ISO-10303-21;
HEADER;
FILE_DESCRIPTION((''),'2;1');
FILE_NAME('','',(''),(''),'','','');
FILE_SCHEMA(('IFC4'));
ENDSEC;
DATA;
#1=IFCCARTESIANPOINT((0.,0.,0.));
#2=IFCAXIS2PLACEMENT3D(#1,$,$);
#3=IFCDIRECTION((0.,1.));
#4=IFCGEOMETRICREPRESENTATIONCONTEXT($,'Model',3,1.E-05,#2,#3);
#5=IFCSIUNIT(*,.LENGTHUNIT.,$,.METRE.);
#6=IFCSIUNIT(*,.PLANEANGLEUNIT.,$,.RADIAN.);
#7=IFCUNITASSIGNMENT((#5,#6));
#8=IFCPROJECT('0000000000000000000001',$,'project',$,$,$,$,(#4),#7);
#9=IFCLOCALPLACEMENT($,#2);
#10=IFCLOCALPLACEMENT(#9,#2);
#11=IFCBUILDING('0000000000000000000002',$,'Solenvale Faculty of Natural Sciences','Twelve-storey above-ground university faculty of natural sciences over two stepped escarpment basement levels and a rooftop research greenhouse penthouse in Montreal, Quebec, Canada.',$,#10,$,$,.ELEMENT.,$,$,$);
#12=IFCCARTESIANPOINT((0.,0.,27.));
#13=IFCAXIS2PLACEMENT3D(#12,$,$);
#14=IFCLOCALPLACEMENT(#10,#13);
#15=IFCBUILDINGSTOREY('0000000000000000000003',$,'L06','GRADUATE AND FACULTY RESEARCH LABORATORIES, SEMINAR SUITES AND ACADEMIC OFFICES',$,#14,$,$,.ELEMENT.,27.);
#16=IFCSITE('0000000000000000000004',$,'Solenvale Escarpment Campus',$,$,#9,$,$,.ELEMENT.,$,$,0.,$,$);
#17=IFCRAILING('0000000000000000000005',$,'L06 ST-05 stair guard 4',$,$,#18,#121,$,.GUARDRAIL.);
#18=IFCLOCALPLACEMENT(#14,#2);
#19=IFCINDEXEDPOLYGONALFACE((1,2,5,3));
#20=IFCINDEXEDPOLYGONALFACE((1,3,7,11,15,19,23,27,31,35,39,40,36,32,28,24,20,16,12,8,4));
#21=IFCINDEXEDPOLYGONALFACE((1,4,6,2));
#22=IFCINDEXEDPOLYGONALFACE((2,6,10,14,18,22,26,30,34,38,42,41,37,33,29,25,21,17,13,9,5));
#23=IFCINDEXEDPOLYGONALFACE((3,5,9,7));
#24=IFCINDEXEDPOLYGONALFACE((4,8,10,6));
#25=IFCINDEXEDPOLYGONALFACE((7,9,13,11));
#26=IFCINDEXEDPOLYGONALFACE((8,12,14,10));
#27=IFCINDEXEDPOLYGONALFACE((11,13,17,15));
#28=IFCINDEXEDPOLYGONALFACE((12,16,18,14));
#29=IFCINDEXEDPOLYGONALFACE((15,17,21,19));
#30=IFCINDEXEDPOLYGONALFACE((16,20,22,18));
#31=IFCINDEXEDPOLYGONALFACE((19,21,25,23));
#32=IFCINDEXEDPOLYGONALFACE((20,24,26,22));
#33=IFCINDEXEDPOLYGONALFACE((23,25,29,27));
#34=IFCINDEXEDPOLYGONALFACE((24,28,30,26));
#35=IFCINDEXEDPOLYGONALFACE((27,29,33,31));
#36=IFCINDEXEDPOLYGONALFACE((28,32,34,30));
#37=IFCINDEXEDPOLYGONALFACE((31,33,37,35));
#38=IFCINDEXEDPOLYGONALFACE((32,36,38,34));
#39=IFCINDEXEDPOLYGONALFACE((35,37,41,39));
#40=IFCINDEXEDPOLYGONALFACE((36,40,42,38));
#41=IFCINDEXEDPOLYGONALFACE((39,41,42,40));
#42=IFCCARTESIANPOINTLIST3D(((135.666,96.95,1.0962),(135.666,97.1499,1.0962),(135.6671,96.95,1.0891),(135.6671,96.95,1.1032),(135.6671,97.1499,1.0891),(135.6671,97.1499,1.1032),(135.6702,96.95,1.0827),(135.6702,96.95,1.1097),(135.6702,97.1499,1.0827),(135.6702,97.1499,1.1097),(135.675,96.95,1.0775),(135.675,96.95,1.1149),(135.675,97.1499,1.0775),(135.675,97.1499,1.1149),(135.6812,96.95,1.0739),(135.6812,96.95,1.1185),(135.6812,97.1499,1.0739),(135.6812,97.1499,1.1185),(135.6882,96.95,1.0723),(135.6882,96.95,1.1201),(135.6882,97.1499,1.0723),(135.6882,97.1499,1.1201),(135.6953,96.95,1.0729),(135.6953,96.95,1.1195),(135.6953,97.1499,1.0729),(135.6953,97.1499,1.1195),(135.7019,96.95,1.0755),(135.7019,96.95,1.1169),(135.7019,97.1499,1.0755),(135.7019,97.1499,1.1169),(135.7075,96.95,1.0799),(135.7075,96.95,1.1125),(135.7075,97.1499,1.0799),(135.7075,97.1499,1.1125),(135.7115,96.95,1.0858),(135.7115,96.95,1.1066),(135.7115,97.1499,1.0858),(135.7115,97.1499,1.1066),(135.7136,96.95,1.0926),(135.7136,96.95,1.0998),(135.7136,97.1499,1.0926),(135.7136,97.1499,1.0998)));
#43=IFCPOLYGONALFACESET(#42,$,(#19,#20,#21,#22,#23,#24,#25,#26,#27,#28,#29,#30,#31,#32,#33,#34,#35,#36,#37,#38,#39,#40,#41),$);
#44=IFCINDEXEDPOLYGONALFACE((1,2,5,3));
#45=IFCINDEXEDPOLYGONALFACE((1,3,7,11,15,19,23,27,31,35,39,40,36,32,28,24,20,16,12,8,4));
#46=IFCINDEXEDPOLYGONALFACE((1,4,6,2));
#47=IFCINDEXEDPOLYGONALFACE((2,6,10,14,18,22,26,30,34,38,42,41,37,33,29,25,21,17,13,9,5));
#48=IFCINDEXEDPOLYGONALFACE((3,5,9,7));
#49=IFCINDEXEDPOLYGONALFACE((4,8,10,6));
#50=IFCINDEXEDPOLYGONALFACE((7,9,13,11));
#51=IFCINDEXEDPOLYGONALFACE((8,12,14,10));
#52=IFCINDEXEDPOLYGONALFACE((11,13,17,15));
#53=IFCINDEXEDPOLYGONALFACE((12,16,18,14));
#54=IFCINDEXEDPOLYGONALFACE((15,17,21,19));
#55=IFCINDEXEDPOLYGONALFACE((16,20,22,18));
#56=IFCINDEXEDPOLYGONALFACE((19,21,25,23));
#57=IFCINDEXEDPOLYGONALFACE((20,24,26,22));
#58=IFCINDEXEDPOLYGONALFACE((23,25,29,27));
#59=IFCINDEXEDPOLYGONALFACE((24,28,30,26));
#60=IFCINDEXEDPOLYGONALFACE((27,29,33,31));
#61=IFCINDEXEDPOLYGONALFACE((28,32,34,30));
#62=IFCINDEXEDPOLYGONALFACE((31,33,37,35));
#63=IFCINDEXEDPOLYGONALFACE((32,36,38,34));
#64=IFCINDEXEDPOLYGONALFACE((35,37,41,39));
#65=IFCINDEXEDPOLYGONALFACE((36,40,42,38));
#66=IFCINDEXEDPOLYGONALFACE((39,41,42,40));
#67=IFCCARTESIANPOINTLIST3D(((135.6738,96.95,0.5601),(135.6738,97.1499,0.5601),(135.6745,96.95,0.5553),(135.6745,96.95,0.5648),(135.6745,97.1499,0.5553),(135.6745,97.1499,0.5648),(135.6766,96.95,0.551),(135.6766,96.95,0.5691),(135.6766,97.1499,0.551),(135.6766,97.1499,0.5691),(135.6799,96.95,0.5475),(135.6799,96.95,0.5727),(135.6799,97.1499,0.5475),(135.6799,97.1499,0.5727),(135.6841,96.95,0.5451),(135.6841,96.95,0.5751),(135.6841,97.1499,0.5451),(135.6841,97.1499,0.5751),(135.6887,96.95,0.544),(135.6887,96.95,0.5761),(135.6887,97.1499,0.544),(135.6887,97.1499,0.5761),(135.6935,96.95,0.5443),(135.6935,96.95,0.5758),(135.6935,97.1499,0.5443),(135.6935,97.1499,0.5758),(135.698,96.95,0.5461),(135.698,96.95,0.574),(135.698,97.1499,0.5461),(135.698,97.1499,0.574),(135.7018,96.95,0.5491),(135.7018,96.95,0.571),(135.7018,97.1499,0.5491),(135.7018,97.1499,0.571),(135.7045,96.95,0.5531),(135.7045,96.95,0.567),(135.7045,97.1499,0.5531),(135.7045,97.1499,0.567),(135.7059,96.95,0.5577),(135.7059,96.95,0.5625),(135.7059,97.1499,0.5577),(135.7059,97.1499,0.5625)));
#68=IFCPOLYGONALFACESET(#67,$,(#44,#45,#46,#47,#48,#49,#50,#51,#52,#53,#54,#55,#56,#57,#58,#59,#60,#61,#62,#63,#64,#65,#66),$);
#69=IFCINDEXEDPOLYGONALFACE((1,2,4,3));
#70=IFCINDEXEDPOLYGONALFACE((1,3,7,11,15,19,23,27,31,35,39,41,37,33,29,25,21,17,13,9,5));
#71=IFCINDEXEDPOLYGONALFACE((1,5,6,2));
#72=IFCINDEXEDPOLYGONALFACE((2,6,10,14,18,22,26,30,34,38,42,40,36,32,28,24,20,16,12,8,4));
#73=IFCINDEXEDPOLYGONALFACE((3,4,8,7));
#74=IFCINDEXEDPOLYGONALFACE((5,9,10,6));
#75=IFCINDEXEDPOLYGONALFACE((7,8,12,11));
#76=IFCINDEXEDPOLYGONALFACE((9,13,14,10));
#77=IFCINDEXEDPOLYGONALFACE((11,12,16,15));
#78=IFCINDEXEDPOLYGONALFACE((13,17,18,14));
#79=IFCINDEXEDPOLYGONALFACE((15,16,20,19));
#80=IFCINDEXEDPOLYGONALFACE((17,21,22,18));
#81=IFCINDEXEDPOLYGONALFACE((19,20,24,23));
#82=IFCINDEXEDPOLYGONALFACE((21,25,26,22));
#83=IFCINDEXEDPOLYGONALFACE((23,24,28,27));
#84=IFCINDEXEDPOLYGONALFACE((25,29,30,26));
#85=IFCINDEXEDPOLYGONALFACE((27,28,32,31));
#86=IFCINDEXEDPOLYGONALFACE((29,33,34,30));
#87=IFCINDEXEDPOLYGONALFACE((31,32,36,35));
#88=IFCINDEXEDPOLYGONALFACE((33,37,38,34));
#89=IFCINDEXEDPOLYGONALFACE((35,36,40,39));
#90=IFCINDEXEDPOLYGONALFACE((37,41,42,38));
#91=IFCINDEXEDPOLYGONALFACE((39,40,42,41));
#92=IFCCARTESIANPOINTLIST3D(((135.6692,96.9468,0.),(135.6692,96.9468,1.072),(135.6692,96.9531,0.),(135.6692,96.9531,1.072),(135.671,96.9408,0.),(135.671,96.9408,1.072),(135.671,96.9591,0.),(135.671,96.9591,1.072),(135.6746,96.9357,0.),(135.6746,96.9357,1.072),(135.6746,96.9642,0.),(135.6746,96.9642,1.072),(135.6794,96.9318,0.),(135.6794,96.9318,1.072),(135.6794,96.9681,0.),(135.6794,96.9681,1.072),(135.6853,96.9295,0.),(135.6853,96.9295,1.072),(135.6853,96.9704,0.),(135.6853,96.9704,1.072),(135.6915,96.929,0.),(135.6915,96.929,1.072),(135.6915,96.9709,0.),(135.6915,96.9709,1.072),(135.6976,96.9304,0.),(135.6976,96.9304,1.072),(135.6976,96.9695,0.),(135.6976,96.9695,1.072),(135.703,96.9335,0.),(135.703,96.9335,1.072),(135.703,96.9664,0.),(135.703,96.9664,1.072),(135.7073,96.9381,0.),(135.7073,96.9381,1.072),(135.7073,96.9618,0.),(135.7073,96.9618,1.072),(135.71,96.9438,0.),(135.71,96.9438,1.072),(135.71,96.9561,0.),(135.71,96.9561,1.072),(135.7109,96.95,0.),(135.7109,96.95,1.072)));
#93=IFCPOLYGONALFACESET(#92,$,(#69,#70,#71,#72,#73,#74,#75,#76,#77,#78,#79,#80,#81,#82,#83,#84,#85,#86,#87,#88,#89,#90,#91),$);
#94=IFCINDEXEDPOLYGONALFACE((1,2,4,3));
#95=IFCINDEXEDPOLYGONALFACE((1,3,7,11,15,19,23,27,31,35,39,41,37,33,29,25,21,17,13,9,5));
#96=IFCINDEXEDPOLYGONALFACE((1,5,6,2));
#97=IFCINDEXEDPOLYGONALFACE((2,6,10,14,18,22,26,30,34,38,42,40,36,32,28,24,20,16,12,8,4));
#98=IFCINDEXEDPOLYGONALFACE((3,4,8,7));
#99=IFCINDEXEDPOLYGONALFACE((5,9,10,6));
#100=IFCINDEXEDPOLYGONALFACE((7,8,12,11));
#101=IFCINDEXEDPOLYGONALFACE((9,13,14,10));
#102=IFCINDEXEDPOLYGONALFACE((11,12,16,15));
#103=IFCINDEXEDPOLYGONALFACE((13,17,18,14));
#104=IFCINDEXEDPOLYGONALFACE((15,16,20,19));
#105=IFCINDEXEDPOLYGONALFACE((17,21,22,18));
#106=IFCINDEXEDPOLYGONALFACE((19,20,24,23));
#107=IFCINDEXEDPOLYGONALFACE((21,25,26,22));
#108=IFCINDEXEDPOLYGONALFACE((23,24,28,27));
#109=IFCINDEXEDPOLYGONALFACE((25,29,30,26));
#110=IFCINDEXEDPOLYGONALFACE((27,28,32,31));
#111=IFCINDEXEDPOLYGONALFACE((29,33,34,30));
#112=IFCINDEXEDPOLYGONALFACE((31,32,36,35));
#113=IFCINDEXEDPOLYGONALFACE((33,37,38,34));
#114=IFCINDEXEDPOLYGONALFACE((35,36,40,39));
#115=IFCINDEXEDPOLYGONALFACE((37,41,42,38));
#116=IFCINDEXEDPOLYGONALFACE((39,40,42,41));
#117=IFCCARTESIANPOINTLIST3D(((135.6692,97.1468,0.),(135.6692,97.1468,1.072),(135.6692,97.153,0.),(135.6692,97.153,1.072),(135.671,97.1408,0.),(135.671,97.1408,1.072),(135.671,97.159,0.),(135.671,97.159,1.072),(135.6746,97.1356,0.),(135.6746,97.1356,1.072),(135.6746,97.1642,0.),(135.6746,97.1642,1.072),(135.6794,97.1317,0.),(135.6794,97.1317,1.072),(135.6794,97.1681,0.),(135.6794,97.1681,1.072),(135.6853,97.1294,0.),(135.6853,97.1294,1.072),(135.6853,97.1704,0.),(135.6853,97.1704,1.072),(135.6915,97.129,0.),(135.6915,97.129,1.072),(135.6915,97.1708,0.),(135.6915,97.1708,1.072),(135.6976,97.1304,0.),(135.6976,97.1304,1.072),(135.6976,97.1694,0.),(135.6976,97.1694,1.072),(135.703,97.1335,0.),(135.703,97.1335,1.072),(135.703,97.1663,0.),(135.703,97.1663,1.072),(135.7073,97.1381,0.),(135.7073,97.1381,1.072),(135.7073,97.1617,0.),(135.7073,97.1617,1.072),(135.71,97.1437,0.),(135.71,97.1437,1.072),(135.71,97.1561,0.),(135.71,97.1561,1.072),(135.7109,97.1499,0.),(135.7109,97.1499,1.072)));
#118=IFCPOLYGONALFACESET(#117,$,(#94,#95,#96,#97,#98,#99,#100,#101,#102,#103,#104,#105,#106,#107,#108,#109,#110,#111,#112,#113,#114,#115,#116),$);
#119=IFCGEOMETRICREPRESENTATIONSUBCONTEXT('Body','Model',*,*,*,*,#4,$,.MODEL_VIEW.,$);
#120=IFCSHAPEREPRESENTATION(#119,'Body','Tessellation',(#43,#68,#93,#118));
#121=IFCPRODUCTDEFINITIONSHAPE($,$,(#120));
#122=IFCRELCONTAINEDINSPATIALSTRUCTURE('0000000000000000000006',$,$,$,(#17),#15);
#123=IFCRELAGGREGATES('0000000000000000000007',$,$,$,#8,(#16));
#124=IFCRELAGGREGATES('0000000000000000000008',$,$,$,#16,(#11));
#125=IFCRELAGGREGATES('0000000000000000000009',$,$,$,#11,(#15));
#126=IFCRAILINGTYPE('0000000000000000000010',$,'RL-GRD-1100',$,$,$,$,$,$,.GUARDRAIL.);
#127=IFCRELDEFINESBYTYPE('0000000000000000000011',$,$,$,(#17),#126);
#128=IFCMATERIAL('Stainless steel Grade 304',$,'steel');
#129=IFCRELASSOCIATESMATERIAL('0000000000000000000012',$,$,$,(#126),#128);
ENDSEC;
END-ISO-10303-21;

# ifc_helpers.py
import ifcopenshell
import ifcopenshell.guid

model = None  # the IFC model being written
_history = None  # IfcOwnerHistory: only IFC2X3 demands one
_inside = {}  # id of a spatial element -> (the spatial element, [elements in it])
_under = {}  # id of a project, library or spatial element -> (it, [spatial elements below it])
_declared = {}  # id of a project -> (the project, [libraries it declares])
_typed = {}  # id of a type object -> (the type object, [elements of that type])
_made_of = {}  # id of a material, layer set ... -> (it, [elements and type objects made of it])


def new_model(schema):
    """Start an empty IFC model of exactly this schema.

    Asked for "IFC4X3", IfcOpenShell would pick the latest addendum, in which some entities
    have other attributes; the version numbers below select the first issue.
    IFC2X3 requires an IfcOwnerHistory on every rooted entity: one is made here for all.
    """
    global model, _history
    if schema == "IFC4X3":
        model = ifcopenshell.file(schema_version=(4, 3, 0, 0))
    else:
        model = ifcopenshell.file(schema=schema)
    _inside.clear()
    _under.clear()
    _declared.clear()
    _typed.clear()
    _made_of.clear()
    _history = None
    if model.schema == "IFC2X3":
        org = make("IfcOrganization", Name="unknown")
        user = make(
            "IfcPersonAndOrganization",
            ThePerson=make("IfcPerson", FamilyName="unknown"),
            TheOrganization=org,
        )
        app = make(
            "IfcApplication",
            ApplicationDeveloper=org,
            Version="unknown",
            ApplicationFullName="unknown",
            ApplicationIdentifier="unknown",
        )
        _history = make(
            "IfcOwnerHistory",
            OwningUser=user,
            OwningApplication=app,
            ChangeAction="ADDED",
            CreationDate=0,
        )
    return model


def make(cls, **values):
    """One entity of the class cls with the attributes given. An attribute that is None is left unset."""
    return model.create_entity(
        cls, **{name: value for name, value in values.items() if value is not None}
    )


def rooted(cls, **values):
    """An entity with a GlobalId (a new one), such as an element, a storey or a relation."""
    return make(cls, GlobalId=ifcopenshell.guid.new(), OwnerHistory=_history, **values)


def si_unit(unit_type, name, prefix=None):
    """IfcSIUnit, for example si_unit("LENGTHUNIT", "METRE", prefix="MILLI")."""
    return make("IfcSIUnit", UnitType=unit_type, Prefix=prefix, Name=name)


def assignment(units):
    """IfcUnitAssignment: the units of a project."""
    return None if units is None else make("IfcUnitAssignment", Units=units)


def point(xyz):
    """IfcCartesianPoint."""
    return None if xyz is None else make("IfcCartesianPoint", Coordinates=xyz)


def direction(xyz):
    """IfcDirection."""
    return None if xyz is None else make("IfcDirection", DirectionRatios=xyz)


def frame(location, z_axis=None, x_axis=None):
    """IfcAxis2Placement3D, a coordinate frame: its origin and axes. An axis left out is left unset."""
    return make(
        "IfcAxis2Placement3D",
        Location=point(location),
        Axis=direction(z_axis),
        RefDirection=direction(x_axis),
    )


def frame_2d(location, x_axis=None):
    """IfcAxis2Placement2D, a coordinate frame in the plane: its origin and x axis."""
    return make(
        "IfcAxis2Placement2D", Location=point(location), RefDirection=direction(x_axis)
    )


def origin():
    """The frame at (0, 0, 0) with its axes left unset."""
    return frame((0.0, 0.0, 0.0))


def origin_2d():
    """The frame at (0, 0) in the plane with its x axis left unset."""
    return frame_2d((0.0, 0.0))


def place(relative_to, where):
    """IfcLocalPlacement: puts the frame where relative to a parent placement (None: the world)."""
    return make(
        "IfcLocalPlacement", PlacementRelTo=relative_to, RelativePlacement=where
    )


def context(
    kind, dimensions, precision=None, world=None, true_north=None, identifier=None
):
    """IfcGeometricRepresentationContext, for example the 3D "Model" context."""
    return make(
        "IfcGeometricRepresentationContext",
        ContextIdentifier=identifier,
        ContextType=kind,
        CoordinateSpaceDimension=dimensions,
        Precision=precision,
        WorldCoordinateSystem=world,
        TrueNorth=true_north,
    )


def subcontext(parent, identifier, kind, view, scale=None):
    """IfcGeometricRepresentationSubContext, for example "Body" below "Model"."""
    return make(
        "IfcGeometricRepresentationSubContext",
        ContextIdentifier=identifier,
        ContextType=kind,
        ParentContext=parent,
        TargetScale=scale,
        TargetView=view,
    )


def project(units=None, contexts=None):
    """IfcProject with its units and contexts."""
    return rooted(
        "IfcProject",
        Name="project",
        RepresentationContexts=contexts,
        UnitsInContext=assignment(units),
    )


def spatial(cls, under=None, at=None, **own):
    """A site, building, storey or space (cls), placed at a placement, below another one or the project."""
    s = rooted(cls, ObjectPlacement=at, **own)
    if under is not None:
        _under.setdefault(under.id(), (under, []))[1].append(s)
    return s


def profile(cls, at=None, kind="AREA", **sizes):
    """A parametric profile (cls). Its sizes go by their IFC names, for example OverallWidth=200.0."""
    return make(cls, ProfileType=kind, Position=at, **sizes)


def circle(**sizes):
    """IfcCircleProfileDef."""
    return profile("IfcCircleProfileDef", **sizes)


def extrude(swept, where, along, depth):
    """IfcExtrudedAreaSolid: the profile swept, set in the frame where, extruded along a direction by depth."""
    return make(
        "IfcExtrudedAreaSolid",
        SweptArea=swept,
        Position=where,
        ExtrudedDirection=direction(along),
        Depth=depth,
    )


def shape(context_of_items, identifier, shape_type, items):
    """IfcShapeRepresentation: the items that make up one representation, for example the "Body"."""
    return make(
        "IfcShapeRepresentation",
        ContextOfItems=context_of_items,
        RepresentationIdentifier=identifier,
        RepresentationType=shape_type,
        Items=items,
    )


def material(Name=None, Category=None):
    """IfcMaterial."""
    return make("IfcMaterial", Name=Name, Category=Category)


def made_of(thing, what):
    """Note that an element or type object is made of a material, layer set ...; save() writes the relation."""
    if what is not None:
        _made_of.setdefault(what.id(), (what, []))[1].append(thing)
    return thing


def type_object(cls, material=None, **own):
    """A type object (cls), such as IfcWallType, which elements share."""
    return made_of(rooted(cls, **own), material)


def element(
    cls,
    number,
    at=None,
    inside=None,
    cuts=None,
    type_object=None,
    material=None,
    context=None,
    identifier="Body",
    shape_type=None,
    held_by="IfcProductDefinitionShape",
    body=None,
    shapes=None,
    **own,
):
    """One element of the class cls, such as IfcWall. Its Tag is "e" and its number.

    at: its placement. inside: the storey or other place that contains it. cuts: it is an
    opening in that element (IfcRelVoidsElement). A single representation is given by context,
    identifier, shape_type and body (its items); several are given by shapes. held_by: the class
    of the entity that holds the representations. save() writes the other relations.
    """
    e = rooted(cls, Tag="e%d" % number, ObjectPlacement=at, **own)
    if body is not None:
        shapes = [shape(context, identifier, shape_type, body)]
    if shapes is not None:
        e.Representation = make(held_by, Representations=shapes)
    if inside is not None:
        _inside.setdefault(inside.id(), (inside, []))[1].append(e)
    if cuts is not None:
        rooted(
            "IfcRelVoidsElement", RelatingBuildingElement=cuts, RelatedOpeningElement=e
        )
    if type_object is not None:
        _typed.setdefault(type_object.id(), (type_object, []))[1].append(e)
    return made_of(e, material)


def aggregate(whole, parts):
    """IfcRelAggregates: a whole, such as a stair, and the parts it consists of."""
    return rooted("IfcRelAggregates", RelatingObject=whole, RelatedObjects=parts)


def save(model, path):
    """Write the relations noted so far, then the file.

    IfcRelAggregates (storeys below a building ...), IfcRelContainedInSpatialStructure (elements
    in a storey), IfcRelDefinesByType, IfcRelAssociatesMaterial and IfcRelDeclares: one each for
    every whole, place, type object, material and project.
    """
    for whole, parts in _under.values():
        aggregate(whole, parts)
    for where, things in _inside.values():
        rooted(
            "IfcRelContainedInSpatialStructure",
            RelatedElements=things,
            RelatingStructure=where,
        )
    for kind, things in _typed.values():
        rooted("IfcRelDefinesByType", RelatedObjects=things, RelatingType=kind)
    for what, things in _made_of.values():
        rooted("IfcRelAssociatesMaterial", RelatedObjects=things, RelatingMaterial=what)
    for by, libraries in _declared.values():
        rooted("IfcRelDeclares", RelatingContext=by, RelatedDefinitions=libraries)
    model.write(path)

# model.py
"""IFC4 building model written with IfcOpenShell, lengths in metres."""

from ifc_helpers import new_model, si_unit, direction, frame, origin, origin_2d, place, context, subcontext, project, spatial, circle, extrude, material, type_object, element, save


model = new_model("IFC4")

# Units and contexts
model_context = context("Model", 3, precision=1e-05, world=origin(), true_north=direction((0.0, 1.0)))
body_context = subcontext(model_context, "Body", "Model", "MODEL_VIEW")
ifc_project = project(units=[si_unit("LENGTHUNIT", "METRE"), si_unit("PLANEANGLEUNIT", "RADIAN")], contexts=[model_context])

# Site, building, storey
site_placement = place(None, origin())
site = spatial("IfcSite", under=ifc_project, at=site_placement, Name="Solenvale Escarpment Campus", CompositionType="ELEMENT", RefElevation=0.0)
building_placement = place(site_placement, origin())
building = spatial("IfcBuilding", under=site, at=building_placement, Name="Solenvale Faculty of Natural Sciences", Description="Twelve-storey above-ground university faculty of natural sciences over two stepped escarpment basement levels and a rooftop research greenhouse penthouse in Montreal, Quebec, Canada.", CompositionType="ELEMENT")
storey_placement = place(building_placement, frame((0.0, 0.0, 27.0)))
storey = spatial("IfcBuildingStorey", under=building, at=storey_placement, Name="L06", Description="GRADUATE AND FACULTY RESEARCH LABORATORIES, SEMINAR SUITES AND ACADEMIC OFFICES", CompositionType="ELEMENT", Elevation=27.0)

# Shared definitions
ifc_material_1 = material(Name="Stainless steel Grade 304", Category="steel")

# Railing
railing_type = type_object("IfcRailingType", Name="RL-GRD-1100", PredefinedType="GUARDRAIL", material=ifc_material_1)
railing_1_placement = place(storey_placement, frame((135.6899, 96.95, 0.0)))
element("IfcRailing", 1, at=railing_1_placement, inside=storey, type_object=railing_type, Name="L06 ST-05 stair guard 4", PredefinedType="GUARDRAIL", context=body_context, shape_type="SweptSolid", body=[
    extrude(circle(Radius=0.0239, at=origin_2d()), frame((0.0, 0.0, 1.0962), z_axis=(0.0, 1.0, 0.0), x_axis=(-1.0, 0.0, 0.0)), (0.0, 0.0, 1.0), 0.2),
    extrude(circle(Radius=0.0161, at=origin_2d()), frame((0.0, 0.0, 0.5601), z_axis=(0.0, 1.0, 0.0), x_axis=(-1.0, 0.0, 0.0)), (0.0, 0.0, 1.0), 0.2),
    extrude(circle(Radius=0.021, at=origin_2d()), origin(), (0.0, 0.0, 1.0), 1.072),
    extrude(circle(Radius=0.021, at=origin_2d()), frame((0.0, 0.2, 0.0)), (0.0, 0.0, 1.0), 1.072),
])

save(model, "model.ifc")
